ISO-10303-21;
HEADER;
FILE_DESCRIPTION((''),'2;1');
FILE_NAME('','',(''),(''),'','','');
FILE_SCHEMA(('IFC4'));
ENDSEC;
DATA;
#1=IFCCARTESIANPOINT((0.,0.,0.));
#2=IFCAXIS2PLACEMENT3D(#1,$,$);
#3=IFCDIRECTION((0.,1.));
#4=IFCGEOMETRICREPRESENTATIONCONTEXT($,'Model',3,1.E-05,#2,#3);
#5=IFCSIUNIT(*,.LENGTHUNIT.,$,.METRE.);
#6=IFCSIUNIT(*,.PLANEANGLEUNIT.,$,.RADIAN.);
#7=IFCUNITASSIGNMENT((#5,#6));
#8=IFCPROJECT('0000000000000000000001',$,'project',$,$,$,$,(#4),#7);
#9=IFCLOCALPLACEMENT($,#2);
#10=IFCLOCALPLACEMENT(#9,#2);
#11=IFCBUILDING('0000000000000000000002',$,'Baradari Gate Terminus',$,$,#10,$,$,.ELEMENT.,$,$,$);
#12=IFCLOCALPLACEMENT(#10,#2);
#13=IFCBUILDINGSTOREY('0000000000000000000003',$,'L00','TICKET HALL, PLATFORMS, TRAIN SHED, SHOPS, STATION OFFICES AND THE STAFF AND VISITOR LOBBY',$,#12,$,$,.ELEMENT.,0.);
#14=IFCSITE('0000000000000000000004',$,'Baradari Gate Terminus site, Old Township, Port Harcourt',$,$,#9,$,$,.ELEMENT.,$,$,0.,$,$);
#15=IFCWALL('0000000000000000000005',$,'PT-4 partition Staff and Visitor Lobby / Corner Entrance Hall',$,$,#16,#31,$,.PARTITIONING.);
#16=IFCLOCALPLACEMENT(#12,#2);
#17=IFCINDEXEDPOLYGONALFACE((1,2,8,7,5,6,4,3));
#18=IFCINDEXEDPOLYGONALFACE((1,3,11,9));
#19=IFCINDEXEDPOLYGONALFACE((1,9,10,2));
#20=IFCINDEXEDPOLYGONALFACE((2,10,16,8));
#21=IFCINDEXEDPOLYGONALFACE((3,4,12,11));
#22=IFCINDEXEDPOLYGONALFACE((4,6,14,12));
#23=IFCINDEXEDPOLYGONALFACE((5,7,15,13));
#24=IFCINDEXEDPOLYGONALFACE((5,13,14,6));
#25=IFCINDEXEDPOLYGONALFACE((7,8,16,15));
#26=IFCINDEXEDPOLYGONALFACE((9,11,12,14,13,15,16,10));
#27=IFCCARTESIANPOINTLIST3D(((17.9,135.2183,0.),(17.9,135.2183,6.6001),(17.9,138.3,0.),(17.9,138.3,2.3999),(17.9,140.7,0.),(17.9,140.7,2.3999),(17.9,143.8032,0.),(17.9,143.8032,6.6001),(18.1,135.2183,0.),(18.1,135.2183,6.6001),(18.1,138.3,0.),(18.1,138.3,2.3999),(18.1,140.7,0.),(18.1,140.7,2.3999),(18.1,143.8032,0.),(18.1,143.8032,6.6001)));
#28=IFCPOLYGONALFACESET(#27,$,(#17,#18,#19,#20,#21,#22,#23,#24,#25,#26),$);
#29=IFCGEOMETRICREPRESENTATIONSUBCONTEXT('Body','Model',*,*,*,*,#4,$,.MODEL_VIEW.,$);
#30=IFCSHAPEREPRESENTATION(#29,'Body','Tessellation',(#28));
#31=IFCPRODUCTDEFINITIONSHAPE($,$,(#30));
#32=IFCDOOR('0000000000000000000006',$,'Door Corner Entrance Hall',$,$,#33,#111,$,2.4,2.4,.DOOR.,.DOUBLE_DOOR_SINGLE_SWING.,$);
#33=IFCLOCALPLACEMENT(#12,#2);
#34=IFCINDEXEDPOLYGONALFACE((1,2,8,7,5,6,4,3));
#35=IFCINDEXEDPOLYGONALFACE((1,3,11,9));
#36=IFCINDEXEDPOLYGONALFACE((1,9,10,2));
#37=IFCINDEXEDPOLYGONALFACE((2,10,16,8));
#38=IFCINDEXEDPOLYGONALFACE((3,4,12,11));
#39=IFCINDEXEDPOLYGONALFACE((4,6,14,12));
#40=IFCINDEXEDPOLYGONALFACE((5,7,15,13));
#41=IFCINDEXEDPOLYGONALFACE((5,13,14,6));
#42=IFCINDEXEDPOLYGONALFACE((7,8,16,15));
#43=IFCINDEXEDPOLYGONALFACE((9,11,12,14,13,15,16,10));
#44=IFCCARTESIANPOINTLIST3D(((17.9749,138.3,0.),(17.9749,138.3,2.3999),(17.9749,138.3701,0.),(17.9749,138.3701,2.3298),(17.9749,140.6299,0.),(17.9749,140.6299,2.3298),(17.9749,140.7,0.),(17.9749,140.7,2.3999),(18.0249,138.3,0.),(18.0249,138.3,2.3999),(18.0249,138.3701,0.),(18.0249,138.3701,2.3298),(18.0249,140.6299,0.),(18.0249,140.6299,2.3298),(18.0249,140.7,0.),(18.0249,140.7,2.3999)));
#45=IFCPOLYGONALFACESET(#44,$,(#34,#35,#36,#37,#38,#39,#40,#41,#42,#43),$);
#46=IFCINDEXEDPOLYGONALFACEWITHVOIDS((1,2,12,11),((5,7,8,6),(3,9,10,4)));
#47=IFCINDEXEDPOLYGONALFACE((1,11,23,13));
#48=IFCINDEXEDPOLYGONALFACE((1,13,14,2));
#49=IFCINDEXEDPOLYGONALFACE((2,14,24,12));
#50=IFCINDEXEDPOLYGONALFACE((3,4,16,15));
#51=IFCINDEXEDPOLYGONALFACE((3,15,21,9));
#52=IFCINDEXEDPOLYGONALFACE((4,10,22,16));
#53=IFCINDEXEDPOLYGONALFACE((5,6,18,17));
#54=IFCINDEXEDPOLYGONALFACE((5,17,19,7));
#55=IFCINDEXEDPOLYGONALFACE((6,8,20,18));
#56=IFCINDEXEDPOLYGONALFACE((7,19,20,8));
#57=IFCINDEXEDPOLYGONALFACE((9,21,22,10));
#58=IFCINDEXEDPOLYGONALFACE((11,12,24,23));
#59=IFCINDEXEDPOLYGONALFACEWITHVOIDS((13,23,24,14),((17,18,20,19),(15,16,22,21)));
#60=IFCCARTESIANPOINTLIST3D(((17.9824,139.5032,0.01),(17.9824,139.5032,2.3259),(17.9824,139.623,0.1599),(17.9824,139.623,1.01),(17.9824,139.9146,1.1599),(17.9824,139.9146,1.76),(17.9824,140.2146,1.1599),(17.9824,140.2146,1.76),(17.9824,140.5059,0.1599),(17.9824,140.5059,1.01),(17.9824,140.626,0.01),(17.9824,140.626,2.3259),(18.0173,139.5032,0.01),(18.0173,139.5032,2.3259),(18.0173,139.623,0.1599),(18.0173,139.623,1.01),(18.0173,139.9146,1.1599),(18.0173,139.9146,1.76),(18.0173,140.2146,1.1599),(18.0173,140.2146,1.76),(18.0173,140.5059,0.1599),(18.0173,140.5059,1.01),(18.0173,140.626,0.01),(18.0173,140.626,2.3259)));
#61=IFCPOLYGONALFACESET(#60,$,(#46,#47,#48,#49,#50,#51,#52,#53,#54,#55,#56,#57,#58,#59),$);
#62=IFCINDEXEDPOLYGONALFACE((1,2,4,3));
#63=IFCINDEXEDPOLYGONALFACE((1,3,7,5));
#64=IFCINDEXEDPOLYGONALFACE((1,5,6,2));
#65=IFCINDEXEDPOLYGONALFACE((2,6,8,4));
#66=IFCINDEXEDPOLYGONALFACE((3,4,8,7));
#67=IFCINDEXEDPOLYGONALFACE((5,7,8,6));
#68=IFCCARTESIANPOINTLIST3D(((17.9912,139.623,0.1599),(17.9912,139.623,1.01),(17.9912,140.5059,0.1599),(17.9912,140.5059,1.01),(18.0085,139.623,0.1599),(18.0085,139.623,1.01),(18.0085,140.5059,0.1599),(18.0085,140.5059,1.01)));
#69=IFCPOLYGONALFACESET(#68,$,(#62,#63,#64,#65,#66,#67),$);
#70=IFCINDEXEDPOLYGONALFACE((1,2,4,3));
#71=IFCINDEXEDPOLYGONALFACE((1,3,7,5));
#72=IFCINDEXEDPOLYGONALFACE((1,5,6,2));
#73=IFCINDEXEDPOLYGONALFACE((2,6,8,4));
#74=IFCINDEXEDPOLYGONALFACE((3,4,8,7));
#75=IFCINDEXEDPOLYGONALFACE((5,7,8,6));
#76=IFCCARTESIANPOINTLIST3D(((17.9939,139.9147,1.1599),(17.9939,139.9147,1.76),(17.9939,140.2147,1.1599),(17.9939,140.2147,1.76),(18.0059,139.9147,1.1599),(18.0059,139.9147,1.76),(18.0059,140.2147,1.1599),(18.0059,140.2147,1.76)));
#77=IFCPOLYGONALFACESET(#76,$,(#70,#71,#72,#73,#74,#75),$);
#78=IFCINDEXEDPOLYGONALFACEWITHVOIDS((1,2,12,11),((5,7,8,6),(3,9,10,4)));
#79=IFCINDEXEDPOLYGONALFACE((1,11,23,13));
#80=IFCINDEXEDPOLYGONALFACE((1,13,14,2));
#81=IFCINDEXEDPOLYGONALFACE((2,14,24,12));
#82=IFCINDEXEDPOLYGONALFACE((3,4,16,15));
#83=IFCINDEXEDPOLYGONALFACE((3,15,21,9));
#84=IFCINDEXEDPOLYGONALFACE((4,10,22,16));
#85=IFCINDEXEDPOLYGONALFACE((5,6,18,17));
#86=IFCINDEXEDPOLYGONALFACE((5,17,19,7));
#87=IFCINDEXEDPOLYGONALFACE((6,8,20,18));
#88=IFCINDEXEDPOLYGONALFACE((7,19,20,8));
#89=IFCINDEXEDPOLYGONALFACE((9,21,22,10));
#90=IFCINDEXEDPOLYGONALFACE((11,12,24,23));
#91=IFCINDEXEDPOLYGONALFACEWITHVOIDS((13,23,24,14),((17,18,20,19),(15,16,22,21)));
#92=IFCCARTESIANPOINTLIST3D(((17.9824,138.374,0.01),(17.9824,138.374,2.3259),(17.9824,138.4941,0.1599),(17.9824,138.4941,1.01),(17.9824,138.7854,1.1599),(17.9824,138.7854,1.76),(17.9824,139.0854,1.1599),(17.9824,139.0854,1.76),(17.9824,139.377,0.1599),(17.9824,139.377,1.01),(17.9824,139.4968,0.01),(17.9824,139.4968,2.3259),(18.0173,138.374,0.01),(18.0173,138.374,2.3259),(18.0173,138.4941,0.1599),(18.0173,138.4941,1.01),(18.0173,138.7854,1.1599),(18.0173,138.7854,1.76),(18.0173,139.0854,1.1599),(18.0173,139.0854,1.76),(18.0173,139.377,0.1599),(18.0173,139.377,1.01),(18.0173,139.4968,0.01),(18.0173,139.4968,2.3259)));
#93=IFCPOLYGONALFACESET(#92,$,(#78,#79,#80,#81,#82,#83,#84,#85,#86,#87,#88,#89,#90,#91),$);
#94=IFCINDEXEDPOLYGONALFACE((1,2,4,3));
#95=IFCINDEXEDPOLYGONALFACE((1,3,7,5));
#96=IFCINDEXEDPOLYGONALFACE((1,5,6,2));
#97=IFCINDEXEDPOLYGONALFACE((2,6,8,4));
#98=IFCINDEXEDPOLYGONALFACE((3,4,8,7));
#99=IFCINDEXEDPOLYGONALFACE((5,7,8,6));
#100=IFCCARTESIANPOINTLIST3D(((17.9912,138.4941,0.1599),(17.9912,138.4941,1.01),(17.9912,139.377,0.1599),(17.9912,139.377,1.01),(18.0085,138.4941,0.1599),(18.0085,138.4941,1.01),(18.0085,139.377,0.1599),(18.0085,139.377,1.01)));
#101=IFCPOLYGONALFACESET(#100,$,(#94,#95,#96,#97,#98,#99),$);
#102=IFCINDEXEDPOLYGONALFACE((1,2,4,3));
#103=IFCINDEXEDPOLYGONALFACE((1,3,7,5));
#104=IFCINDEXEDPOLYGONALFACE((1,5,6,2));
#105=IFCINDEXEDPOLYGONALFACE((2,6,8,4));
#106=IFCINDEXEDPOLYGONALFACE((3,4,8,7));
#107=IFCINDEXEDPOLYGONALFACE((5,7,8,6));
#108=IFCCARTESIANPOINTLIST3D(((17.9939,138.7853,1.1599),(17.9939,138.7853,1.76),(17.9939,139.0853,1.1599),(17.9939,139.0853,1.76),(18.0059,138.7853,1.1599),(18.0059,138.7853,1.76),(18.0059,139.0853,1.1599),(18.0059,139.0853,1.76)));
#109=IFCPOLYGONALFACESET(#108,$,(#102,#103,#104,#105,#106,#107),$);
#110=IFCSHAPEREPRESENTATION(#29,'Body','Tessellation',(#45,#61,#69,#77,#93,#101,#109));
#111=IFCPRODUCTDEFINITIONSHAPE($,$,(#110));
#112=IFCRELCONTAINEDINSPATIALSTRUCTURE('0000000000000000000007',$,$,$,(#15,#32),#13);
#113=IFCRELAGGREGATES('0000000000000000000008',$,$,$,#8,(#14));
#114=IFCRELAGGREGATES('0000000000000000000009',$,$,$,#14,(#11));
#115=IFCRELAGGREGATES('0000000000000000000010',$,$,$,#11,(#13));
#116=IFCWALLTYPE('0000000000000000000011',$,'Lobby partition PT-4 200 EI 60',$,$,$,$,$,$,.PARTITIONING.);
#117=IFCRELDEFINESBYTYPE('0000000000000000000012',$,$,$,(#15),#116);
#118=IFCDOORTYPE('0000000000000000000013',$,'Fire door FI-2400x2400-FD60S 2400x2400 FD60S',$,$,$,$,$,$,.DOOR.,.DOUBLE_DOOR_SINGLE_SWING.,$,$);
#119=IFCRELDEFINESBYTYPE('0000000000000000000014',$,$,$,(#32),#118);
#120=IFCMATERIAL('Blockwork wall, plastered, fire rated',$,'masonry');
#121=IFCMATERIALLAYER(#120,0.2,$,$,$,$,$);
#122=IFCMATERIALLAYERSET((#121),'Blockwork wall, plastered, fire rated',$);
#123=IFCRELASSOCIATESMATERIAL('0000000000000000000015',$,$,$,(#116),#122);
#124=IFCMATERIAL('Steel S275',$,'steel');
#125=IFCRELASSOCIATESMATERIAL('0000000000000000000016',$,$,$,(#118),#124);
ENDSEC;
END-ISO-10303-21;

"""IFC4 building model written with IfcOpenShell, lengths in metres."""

from ifc_helpers import new_model, si_unit, direction, frame, frame_2d, origin, place, context, subcontext, project, spatial, polyline, rectangle, outline, extrude, material, layer, layer_set, type_object, element, fill, save


model = new_model("IFC4")

# Units and contexts
model_context = context("Model", 3, precision=1e-05, world=origin(), true_north=direction((0.0, 1.0)))
body_context = subcontext(model_context, "Body", "Model", "MODEL_VIEW")
ifc_project = project(units=[si_unit("LENGTHUNIT", "METRE"), si_unit("PLANEANGLEUNIT", "RADIAN")], contexts=[model_context])

# Site, building, storey
site_placement = place(None, origin())
site = spatial("IfcSite", under=ifc_project, at=site_placement, Name="Baradari Gate Terminus site, Old Township, Port Harcourt", CompositionType="ELEMENT", RefElevation=0.0)
building_placement = place(site_placement, origin())
building = spatial("IfcBuilding", under=site, at=building_placement, Name="Baradari Gate Terminus", CompositionType="ELEMENT")
storey_placement = place(building_placement, origin())
storey = spatial("IfcBuildingStorey", under=building, at=storey_placement, Name="L00", Description="TICKET HALL, PLATFORMS, TRAIN SHED, SHOPS, STATION OFFICES AND THE STAFF AND VISITOR LOBBY", CompositionType="ELEMENT", Elevation=0.0)

# Wall, opening, door
ifc_material_1 = material(Name="Blockwork wall, plastered, fire rated", Category="masonry")
ifc_layer_1 = layer(ifc_material_1, 0.2)
ifc_layer_set_1 = layer_set([ifc_layer_1], Name="Blockwork wall, plastered, fire rated")
wall_type_1 = type_object("IfcWallType", Name="Lobby partition PT-4 200 EI 60", PredefinedType="PARTITIONING", material=ifc_layer_set_1)
wall_1_placement = place(storey_placement, frame((18.0, 135.2183, 0.0), z_axis=(0.0, 0.0, 1.0), x_axis=(0.0, 1.0, 0.0)))
wall_1 = element("IfcWall", 1, at=wall_1_placement, inside=storey, type_object=wall_type_1, Name="PT-4 partition Staff and Visitor Lobby / Corner Entrance Hall", PredefinedType="PARTITIONING", context=body_context, shape_type="SweptSolid", body=[
    extrude(rectangle(XDim=8.585, YDim=0.2, at=frame_2d((4.2925, 0.0))), origin(), (0.0, 0.0, 1.0), 6.6001),
])
opening_1_placement = place(wall_1_placement, frame((3.0818, 0.0, 0.0)))
opening_1 = element("IfcOpeningElement", 2, at=opening_1_placement, cuts=wall_1, PredefinedType="OPENING", context=body_context, shape_type="SweptSolid", body=[
    extrude(rectangle(XDim=2.3999, YDim=2.3999, at=frame_2d((1.2, 1.2))), frame((0.0, 0.1099, 0.0), z_axis=(0.0, -1.0, 0.0), x_axis=(1.0, 0.0, 0.0)), (0.0, 0.0, 1.0), 0.22),
])
ifc_material_2 = material(Name="Steel S275", Category="steel")
door_type_1 = type_object("IfcDoorType", Name="Fire door FI-2400x2400-FD60S 2400x2400 FD60S", OperationType="DOUBLE_DOOR_SINGLE_SWING", PredefinedType="DOOR", material=ifc_material_2)
door_1_placement = place(opening_1_placement, frame((2.3999, 0.0, 0.0), z_axis=(0.0, 0.0, 1.0), x_axis=(-1.0, 0.0, 0.0)))
door_1 = element("IfcDoor", 3, at=door_1_placement, inside=storey, type_object=door_type_1, Name="Door Corner Entrance Hall", OperationType="DOUBLE_DOOR_SINGLE_SWING", OverallHeight=2.4, OverallWidth=2.4, PredefinedType="DOOR", context=body_context, shape_type="SweptSolid", body=[
    extrude(outline(polyline([(0.0, 0.0), (0.0701, 0.0), (0.0701, 2.3298), (2.3298, 2.3298), (2.3298, 0.0), (2.3999, 0.0), (2.3999, 2.3999), (0.0, 2.3999), (0.0, 0.0)])), frame((0.0, 0.0249, 0.0), z_axis=(0.0, -1.0, 0.0), x_axis=(1.0, 0.0, 0.0)), (0.0, 0.0, 1.0), 0.05),
    extrude(outline(polyline([(0.074, 0.01), (1.1968, 0.01), (1.1968, 2.3259), (0.074, 2.3259), (0.074, 0.01)]), holes=[polyline([(0.1941, 0.1599), (1.0769, 0.1599), (1.0769, 1.01), (0.1941, 1.01), (0.1941, 0.1599)]), polyline([(0.4854, 1.1599), (0.7854, 1.1599), (0.7854, 1.76), (0.4854, 1.76), (0.4854, 1.1599)])]), frame((0.0, 0.0173, 0.0), z_axis=(0.0, -1.0, 0.0), x_axis=(1.0, 0.0, 0.0)), (0.0, 0.0, 1.0), 0.0349),
    extrude(rectangle(XDim=0.8828, YDim=0.8501, at=frame_2d((0.6355, 0.585))), frame((0.0, 0.0085, 0.0), z_axis=(0.0, -1.0, 0.0), x_axis=(1.0, 0.0, 0.0)), (0.0, 0.0, 1.0), 0.0173),
    extrude(rectangle(XDim=0.3, YDim=0.6001, at=frame_2d((0.6353, 1.46))), frame((0.0, 0.0059, 0.0), z_axis=(0.0, -1.0, 0.0), x_axis=(1.0, 0.0, 0.0)), (0.0, 0.0, 1.0), 0.012),
    extrude(outline(polyline([(1.2031, 0.01), (2.3259, 0.01), (2.3259, 2.3259), (1.2031, 2.3259), (1.2031, 0.01)]), holes=[polyline([(1.323, 0.1599), (2.2058, 0.1599), (2.2058, 1.01), (1.323, 1.01), (1.323, 0.1599)]), polyline([(1.6145, 1.1599), (1.9146, 1.1599), (1.9146, 1.76), (1.6145, 1.76), (1.6145, 1.1599)])]), frame((0.0, 0.0173, 0.0), z_axis=(0.0, -1.0, 0.0), x_axis=(1.0, 0.0, 0.0)), (0.0, 0.0, 1.0), 0.0349),
    extrude(rectangle(XDim=0.8828, YDim=0.8501, at=frame_2d((1.7644, 0.585))), frame((0.0, 0.0085, 0.0), z_axis=(0.0, -1.0, 0.0), x_axis=(1.0, 0.0, 0.0)), (0.0, 0.0, 1.0), 0.0173),
    extrude(rectangle(XDim=0.3, YDim=0.6001, at=frame_2d((1.7646, 1.46))), frame((0.0, 0.0059, 0.0), z_axis=(0.0, -1.0, 0.0), x_axis=(1.0, 0.0, 0.0)), (0.0, 0.0, 1.0), 0.012),
])
fill(opening_1, door_1)

save(model, "model.ifc")
